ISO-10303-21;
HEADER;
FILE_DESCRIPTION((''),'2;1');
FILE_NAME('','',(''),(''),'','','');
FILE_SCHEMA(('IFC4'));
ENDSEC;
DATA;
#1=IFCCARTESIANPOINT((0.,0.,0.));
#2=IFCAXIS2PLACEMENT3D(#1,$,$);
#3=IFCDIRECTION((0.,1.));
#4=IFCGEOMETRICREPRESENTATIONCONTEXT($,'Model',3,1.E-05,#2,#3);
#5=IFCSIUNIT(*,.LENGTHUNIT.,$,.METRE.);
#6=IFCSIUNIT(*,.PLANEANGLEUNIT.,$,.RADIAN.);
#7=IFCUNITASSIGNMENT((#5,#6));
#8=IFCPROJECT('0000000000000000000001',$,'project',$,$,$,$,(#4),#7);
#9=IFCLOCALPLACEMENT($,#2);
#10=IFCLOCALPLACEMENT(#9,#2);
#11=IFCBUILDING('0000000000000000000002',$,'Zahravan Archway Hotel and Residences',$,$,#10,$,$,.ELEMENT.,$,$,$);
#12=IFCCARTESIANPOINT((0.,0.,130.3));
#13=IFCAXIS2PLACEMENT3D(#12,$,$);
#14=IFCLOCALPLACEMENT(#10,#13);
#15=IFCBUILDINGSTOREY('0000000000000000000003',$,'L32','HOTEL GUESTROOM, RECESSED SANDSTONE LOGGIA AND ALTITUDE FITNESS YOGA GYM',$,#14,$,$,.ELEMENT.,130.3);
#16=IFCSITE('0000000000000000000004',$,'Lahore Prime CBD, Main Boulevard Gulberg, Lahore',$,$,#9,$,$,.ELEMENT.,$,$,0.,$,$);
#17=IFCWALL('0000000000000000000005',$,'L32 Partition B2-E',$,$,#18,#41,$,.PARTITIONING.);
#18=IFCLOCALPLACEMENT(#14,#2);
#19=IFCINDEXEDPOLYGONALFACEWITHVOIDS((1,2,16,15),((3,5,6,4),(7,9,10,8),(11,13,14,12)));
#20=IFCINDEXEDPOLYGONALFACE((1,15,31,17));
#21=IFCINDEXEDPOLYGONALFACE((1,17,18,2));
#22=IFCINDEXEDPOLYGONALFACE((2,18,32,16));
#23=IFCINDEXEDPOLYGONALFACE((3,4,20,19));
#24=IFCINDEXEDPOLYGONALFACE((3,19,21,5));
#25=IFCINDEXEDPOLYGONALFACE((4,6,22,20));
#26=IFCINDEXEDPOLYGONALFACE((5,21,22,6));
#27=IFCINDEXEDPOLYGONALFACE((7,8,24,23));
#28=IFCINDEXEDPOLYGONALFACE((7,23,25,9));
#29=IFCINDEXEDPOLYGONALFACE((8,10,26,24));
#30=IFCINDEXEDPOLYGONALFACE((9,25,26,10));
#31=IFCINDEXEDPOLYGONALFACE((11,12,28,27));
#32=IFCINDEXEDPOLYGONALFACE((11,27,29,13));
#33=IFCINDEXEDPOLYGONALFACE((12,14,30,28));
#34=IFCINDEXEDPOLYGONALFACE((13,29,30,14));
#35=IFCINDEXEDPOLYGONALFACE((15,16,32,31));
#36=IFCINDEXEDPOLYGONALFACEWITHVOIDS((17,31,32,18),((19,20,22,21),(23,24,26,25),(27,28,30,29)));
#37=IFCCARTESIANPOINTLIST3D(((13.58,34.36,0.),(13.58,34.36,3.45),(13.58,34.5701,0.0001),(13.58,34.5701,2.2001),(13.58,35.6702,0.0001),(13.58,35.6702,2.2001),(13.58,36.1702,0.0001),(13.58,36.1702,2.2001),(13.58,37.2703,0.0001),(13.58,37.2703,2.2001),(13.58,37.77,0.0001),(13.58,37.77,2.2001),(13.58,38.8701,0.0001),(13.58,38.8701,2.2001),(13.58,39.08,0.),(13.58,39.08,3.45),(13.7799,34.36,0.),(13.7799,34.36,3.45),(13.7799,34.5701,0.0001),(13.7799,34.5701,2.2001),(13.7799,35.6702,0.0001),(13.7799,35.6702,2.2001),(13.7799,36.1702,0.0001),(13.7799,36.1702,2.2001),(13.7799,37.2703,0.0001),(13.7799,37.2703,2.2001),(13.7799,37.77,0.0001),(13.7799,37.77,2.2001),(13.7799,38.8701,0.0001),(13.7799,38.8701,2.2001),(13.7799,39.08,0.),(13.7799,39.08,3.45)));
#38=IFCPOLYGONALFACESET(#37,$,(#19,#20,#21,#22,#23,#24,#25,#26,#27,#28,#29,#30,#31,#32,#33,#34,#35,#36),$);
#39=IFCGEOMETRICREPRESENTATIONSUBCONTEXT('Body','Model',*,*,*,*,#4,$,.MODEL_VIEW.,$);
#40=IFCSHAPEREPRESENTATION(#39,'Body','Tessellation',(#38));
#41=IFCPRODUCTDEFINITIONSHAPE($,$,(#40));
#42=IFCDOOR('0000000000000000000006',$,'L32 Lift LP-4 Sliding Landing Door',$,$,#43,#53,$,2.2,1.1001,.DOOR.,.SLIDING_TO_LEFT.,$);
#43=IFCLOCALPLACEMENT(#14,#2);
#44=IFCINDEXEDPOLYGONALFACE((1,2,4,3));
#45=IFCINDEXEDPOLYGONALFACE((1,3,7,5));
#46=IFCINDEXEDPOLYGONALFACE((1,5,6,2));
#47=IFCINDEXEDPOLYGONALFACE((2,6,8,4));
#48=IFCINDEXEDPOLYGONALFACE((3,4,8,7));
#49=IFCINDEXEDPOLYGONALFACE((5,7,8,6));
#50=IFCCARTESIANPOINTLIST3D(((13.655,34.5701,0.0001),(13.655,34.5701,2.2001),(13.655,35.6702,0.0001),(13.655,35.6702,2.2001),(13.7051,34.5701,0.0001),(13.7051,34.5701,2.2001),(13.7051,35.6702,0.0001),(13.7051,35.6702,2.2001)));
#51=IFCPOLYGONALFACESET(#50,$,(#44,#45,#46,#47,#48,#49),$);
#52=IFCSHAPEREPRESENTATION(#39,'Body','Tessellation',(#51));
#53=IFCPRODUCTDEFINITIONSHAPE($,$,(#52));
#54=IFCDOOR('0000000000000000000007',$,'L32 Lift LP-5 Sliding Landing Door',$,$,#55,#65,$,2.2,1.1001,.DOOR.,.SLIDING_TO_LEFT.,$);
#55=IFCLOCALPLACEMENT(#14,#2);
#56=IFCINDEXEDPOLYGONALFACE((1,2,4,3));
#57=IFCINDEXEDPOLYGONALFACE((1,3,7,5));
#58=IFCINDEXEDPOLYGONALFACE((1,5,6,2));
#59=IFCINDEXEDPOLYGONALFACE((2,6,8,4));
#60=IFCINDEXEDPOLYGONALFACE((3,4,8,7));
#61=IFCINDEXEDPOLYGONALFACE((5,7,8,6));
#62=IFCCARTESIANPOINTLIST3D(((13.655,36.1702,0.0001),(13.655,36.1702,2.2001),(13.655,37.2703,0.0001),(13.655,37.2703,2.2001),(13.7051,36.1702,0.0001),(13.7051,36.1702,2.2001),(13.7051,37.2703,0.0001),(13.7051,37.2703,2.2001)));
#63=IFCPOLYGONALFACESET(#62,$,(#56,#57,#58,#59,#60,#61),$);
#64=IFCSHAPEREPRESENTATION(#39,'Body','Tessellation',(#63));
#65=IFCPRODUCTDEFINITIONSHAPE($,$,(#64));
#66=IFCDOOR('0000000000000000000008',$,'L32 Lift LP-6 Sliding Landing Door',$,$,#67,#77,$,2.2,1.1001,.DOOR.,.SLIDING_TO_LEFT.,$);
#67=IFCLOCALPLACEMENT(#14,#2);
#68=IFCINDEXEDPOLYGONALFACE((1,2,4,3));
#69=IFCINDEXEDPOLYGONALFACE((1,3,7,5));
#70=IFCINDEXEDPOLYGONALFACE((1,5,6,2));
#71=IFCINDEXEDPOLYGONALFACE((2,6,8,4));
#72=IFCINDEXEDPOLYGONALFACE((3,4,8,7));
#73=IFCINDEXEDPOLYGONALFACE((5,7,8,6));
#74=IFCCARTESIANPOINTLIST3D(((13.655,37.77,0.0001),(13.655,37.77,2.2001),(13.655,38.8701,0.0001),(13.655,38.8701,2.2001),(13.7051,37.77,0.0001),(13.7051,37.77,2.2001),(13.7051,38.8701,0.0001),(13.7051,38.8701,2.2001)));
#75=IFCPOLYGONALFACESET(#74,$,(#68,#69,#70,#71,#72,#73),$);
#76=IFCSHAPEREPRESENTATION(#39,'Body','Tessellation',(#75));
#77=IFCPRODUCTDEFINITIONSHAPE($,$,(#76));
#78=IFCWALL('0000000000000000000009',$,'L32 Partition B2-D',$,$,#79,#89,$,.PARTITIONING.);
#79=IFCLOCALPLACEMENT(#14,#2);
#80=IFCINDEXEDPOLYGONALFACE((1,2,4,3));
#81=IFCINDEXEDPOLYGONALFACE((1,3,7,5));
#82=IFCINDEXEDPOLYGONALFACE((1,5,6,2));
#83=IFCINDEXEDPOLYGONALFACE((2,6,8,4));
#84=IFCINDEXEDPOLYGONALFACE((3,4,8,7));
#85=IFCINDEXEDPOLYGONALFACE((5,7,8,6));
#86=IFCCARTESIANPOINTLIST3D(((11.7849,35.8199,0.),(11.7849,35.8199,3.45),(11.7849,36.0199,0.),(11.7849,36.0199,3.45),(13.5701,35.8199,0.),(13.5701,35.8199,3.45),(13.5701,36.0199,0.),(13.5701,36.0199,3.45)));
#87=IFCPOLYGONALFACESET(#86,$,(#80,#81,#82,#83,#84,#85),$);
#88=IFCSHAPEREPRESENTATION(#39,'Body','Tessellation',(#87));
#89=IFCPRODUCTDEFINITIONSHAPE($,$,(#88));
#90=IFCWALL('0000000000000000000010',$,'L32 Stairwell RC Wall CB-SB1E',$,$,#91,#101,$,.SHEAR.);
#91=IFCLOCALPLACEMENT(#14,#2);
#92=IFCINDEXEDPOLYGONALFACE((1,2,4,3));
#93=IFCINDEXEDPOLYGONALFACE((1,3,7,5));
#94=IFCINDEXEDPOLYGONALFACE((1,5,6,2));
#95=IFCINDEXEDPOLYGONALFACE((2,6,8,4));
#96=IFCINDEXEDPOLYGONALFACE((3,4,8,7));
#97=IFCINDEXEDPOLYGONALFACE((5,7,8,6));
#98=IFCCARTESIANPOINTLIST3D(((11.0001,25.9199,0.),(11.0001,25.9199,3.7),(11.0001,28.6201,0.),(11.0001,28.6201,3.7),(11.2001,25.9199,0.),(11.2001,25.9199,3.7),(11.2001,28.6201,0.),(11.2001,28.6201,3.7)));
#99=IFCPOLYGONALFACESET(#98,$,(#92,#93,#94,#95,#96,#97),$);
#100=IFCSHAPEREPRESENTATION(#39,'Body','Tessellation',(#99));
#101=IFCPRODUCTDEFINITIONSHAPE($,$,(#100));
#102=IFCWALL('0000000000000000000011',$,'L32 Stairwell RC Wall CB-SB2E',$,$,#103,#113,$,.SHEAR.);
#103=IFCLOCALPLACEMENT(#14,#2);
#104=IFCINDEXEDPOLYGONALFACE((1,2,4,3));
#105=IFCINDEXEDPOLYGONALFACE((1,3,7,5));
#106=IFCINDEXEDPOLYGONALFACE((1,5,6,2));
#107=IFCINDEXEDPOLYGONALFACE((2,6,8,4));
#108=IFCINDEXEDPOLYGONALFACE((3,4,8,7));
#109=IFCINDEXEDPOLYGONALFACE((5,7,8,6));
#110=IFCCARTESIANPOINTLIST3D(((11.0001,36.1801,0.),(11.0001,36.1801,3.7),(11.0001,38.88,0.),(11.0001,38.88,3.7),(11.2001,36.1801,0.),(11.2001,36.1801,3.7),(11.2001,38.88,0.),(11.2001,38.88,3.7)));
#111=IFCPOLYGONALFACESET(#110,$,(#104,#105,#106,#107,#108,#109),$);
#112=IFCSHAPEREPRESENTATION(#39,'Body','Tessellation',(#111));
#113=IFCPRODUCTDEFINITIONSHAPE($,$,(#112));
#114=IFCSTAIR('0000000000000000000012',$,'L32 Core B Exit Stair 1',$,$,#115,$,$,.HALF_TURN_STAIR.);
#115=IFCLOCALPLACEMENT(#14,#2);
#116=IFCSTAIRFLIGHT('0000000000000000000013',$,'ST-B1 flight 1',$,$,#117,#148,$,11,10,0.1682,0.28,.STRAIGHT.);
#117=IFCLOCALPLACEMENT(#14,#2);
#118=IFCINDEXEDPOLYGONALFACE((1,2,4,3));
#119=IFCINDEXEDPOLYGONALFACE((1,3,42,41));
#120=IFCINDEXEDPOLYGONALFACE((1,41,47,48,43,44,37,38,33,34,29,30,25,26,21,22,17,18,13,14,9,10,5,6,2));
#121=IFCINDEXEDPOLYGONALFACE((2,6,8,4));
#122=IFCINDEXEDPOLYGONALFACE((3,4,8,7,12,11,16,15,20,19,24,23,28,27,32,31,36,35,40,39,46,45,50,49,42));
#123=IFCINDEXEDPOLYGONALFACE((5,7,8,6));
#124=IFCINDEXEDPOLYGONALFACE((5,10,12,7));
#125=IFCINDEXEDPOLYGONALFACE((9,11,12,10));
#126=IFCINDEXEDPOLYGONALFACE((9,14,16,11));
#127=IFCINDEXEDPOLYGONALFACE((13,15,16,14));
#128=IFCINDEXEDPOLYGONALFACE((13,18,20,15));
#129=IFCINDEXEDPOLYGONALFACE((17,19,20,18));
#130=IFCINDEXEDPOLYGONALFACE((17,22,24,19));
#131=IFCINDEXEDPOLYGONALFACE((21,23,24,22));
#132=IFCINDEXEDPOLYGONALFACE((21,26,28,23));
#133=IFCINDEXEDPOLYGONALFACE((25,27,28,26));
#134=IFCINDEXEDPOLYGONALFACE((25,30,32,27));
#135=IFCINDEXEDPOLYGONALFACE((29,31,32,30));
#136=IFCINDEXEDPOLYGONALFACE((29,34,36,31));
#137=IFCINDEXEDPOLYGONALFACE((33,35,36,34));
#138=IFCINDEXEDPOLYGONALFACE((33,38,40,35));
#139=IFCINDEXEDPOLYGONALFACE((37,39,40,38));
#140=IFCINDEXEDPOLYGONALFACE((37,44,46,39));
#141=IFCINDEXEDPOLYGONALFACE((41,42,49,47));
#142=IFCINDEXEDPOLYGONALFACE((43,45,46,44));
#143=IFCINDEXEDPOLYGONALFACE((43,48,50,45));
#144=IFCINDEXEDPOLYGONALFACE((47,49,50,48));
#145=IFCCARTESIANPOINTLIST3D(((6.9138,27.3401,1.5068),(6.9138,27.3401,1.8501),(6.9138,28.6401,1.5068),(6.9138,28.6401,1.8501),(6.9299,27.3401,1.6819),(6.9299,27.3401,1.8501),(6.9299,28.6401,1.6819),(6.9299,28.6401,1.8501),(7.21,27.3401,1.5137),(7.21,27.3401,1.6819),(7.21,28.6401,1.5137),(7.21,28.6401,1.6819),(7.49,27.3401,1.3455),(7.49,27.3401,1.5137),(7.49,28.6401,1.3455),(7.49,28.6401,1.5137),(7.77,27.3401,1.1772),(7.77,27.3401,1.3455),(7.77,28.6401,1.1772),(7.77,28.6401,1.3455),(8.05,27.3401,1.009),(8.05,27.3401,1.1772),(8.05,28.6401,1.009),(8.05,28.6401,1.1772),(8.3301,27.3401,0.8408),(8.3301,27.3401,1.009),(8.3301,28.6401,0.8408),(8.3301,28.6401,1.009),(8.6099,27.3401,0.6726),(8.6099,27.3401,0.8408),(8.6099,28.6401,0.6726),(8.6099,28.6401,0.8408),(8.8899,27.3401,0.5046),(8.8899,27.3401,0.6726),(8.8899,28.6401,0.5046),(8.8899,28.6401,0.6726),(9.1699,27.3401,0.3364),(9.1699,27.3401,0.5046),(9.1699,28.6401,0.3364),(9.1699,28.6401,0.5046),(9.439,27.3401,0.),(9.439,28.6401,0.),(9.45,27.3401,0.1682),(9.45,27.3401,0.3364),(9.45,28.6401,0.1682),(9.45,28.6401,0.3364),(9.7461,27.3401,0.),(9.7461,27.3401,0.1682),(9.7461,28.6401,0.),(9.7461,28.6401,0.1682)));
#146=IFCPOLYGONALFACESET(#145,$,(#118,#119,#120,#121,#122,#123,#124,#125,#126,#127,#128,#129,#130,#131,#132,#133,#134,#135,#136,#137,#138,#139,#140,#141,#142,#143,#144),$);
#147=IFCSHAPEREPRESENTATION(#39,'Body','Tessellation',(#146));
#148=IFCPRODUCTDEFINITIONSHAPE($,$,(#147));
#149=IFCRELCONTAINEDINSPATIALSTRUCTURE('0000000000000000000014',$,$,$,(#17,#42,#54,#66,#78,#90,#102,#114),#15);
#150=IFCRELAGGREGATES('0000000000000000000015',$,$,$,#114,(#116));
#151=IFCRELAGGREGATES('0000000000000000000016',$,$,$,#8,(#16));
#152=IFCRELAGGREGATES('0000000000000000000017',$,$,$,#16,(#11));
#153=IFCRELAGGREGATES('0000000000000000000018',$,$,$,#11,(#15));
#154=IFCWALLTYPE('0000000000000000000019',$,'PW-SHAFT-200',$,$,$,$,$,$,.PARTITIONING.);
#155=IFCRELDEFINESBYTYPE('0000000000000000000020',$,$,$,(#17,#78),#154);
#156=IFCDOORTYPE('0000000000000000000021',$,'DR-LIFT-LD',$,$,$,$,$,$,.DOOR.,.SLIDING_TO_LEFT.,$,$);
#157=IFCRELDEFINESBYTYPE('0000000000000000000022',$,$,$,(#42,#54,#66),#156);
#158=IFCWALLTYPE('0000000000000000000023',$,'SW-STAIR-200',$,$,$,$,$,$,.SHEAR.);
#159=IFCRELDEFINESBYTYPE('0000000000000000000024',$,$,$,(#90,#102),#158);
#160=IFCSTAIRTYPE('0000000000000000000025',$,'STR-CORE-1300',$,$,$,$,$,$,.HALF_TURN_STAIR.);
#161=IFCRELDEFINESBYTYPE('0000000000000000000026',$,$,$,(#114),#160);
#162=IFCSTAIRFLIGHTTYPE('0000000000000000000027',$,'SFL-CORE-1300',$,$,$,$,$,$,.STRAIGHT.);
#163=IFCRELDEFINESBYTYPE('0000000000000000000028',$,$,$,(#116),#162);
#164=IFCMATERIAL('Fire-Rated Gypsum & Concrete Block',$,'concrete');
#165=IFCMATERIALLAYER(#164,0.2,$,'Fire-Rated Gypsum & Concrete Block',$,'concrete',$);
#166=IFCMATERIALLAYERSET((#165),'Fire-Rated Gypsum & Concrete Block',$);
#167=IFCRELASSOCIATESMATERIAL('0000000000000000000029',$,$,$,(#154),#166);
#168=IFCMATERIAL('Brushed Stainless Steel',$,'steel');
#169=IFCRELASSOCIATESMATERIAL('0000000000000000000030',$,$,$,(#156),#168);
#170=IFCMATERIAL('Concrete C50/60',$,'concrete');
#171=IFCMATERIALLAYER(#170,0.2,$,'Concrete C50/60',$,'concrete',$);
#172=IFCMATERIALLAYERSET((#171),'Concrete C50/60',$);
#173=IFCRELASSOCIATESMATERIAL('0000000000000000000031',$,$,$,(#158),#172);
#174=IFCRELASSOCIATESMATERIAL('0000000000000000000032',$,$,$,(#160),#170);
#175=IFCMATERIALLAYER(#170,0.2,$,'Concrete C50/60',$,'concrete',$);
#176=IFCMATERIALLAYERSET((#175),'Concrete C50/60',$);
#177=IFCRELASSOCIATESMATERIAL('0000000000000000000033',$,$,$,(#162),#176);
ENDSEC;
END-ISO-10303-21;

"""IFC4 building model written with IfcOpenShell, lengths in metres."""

from ifc_helpers import new_model, si_unit, direction, frame, frame_2d, origin, place, context, subcontext, project, spatial, polyline, rectangle, outline, extrude, source, transform, mapped, material, layer, layer_set, type_object, type_shapes, element, fill, aggregate, save


model = new_model("IFC4")

# Units and contexts
model_context = context("Model", 3, precision=1e-05, world=origin(), true_north=direction((0.0, 1.0)))
body_context = subcontext(model_context, "Body", "Model", "MODEL_VIEW")
ifc_project = project(units=[si_unit("LENGTHUNIT", "METRE"), si_unit("PLANEANGLEUNIT", "RADIAN")], contexts=[model_context])

# Site, building, storey
site_placement = place(None, origin())
site = spatial("IfcSite", under=ifc_project, at=site_placement, Name="Lahore Prime CBD, Main Boulevard Gulberg, Lahore", CompositionType="ELEMENT", RefElevation=0.0)
building_placement = place(site_placement, origin())
building = spatial("IfcBuilding", under=site, at=building_placement, Name="Zahravan Archway Hotel and Residences", CompositionType="ELEMENT")
storey_placement = place(building_placement, frame((0.0, 0.0, 130.3)))
storey = spatial("IfcBuildingStorey", under=building, at=storey_placement, Name="L32", Description="HOTEL GUESTROOM, RECESSED SANDSTONE LOGGIA AND ALTITUDE FITNESS YOGA GYM", CompositionType="ELEMENT", Elevation=130.3)

# Shared definitions
ifc_material_1 = material(Name="Fire-Rated Gypsum & Concrete Block", Category="concrete")
ifc_layer_1 = layer(ifc_material_1, 0.2, Name="Fire-Rated Gypsum & Concrete Block", Category="concrete")
ifc_layer_set_1 = layer_set([ifc_layer_1], Name="Fire-Rated Gypsum & Concrete Block")
wall_type_1 = type_object("IfcWallType", Name="PW-SHAFT-200", PredefinedType="PARTITIONING", material=ifc_layer_set_1)

# Wall, openings, doors
wall_1_placement = place(storey_placement, frame((13.6799, 34.3601, 0.0), z_axis=(0.0, 0.0, 1.0), x_axis=(0.0, 1.0, 0.0)))
wall_1 = element("IfcWall", 1, at=wall_1_placement, inside=storey, type_object=wall_type_1, Name="L32 Partition B2-E", PredefinedType="PARTITIONING", context=body_context, shape_type="SweptSolid", body=[
    extrude(rectangle(XDim=4.72, YDim=0.2, at=frame_2d((2.3599, 0.0))), origin(), (0.0, 0.0, 1.0), 3.45),
])
opening_1_placement = place(wall_1_placement, frame((0.21, 0.0, 0.0)))
opening_1 = element("IfcOpeningElement", 2, at=opening_1_placement, cuts=wall_1, PredefinedType="OPENING", context=body_context, shape_type="SweptSolid", body=[
    extrude(rectangle(XDim=1.1001, YDim=2.2, at=frame_2d((0.55, 1.1001))), frame((0.0, 0.1099, 0.0), z_axis=(0.0, -1.0, 0.0), x_axis=(1.0, 0.0, 0.0)), (0.0, 0.0, 1.0), 0.22),
])
opening_2_placement = place(wall_1_placement, frame((1.8101, 0.0, 0.0)))
opening_2 = element("IfcOpeningElement", 3, at=opening_2_placement, cuts=wall_1, PredefinedType="OPENING", context=body_context, shape_type="SweptSolid", body=[
    extrude(rectangle(XDim=1.1001, YDim=2.2, at=frame_2d((0.55, 1.1001))), frame((0.0, 0.1099, 0.0), z_axis=(0.0, -1.0, 0.0), x_axis=(1.0, 0.0, 0.0)), (0.0, 0.0, 1.0), 0.22),
])
opening_3_placement = place(wall_1_placement, frame((3.4099, 0.0, 0.0)))
opening_3 = element("IfcOpeningElement", 4, at=opening_3_placement, cuts=wall_1, PredefinedType="OPENING", context=body_context, shape_type="SweptSolid", body=[
    extrude(rectangle(XDim=1.1001, YDim=2.2, at=frame_2d((0.55, 1.1001))), frame((0.0, 0.1099, 0.0), z_axis=(0.0, -1.0, 0.0), x_axis=(1.0, 0.0, 0.0)), (0.0, 0.0, 1.0), 0.22),
])
ifc_material_2 = material(Name="Brushed Stainless Steel", Category="steel")
door_type_1 = type_object("IfcDoorType", Name="DR-LIFT-LD", OperationType="SLIDING_TO_LEFT", PredefinedType="DOOR", material=ifc_material_2)
shared_shape_1 = source(origin(), body_context, "Body", "SweptSolid", [
    extrude(rectangle(XDim=1.1001, YDim=2.2, at=frame_2d((0.55, 1.1001))), frame((0.0, 0.0249, 0.0), z_axis=(0.0, -1.0, 0.0), x_axis=(1.0, 0.0, 0.0)), (0.0, 0.0, 1.0), 0.05),
])
type_shapes(door_type_1, [shared_shape_1])
door_1_placement = place(opening_1_placement, origin())
door_1 = element("IfcDoor", 5, at=door_1_placement, inside=storey, type_object=door_type_1, Name="L32 Lift LP-4 Sliding Landing Door", OperationType="SLIDING_TO_LEFT", OverallHeight=2.2, OverallWidth=1.1001, PredefinedType="DOOR", context=body_context, shape_type="MappedRepresentation", body=[
    mapped(shared_shape_1, transform((0.0, 0.0, 0.0), scale=1.0)),
])
fill(opening_1, door_1)
door_2_placement = place(opening_2_placement, origin())
door_2 = element("IfcDoor", 6, at=door_2_placement, inside=storey, type_object=door_type_1, Name="L32 Lift LP-5 Sliding Landing Door", OperationType="SLIDING_TO_LEFT", OverallHeight=2.2, OverallWidth=1.1001, PredefinedType="DOOR", context=body_context, shape_type="MappedRepresentation", body=[
    mapped(shared_shape_1, transform((0.0, 0.0, 0.0), scale=1.0)),
])
fill(opening_2, door_2)
door_3_placement = place(opening_3_placement, origin())
door_3 = element("IfcDoor", 7, at=door_3_placement, inside=storey, type_object=door_type_1, Name="L32 Lift LP-6 Sliding Landing Door", OperationType="SLIDING_TO_LEFT", OverallHeight=2.2, OverallWidth=1.1001, PredefinedType="DOOR", context=body_context, shape_type="MappedRepresentation", body=[
    mapped(shared_shape_1, transform((0.0, 0.0, 0.0), scale=1.0)),
])
fill(opening_3, door_3)

# Wall
wall_2_placement = place(storey_placement, frame((11.7849, 35.9199, 0.0), z_axis=(0.0, 0.0, 1.0), x_axis=(1.0, 0.0, 0.0)))
element("IfcWall", 8, at=wall_2_placement, inside=storey, type_object=wall_type_1, Name="L32 Partition B2-D", PredefinedType="PARTITIONING", context=body_context, shape_type="SweptSolid", body=[
    extrude(rectangle(XDim=1.7852, YDim=0.2, at=frame_2d((0.8926, 0.0))), origin(), (0.0, 0.0, 1.0), 3.45),
])

# Walls
ifc_material_3 = material(Name="Concrete C50/60", Category="concrete")
ifc_layer_2 = layer(ifc_material_3, 0.2, Name="Concrete C50/60", Category="concrete")
ifc_layer_set_2 = layer_set([ifc_layer_2], Name="Concrete C50/60")
wall_type_2 = type_object("IfcWallType", Name="SW-STAIR-200", PredefinedType="SHEAR", material=ifc_layer_set_2)
wall_3_placement = place(storey_placement, frame((11.1001, 25.9199, 0.0), z_axis=(0.0, 0.0, 1.0), x_axis=(0.0, 1.0, 0.0)))
element("IfcWall", 9, at=wall_3_placement, inside=storey, type_object=wall_type_2, Name="L32 Stairwell RC Wall CB-SB1E", PredefinedType="SHEAR", context=body_context, shape_type="SweptSolid", body=[
    extrude(rectangle(XDim=2.7002, YDim=0.2, at=frame_2d((1.3501, 0.0))), origin(), (0.0, 0.0, 1.0), 3.7),
])
wall_4_placement = place(storey_placement, frame((11.1001, 36.1799, 0.0), z_axis=(0.0, 0.0, 1.0), x_axis=(0.0, 1.0, 0.0)))
element("IfcWall", 10, at=wall_4_placement, inside=storey, type_object=wall_type_2, Name="L32 Stairwell RC Wall CB-SB2E", PredefinedType="SHEAR", context=body_context, shape_type="SweptSolid", body=[
    extrude(rectangle(XDim=2.7, YDim=0.2, at=frame_2d((1.3501, 0.0))), origin(), (0.0, 0.0, 1.0), 3.7),
])

# Stair, stair flight
stair_type = type_object("IfcStairType", Name="STR-CORE-1300", PredefinedType="HALF_TURN_STAIR", material=ifc_material_3)
stair_placement = place(storey_placement, origin())
stair = element("IfcStair", 11, at=stair_placement, inside=storey, type_object=stair_type, Name="L32 Core B Exit Stair 1", PredefinedType="HALF_TURN_STAIR")
ifc_layer_3 = layer(ifc_material_3, 0.2, Name="Concrete C50/60", Category="concrete")
ifc_layer_set_3 = layer_set([ifc_layer_3], Name="Concrete C50/60")
stair_flight_type = type_object("IfcStairFlightType", Name="SFL-CORE-1300", PredefinedType="STRAIGHT", material=ifc_layer_set_3)
shared_shape_2 = source(origin(), body_context, "Body", "SweptSolid", [
    extrude(outline(polyline([(-0.0161, 0.0), (-0.0161, 0.1682), (0.28, 0.1682), (0.28, 0.3364), (0.5601, 0.3364), (0.5601, 0.5046), (0.8401, 0.5046), (0.8401, 0.6726), (1.1201, 0.6726), (1.1201, 0.8408), (1.3999, 0.8408), (1.3999, 1.009), (1.6799, 1.009), (1.6799, 1.1772), (1.96, 1.1772), (1.96, 1.3455), (2.24, 1.3455), (2.24, 1.5137), (2.52, 1.5137), (2.52, 1.6819), (2.8, 1.6819), (2.8, 1.8501), (2.8162, 1.8501), (2.8162, 1.5068), (0.291, 0.0), (-0.0161, 0.0)])), frame((0.0, 0.6499, 0.0), z_axis=(0.0, -1.0, 0.0), x_axis=(1.0, 0.0, 0.0)), (0.0, 0.0, 1.0), 1.3),
])
stair_flight_placement = place(storey_placement, frame((9.73, 27.99, 0.0), z_axis=(0.0, 0.0, 1.0), x_axis=(-1.0, 0.0, 0.0)))
stair_flight = element("IfcStairFlight", 12, at=stair_flight_placement, type_object=stair_flight_type, Name="ST-B1 flight 1", NumberOfRisers=11, NumberOfTreads=10, PredefinedType="STRAIGHT", RiserHeight=0.1682, TreadLength=0.28, context=body_context, shape_type="MappedRepresentation", body=[
    mapped(shared_shape_2, transform((0.0, 0.0, 0.0), scale=1.0)),
])
aggregate(stair, [stair_flight])

save(model, "model.ifc")
